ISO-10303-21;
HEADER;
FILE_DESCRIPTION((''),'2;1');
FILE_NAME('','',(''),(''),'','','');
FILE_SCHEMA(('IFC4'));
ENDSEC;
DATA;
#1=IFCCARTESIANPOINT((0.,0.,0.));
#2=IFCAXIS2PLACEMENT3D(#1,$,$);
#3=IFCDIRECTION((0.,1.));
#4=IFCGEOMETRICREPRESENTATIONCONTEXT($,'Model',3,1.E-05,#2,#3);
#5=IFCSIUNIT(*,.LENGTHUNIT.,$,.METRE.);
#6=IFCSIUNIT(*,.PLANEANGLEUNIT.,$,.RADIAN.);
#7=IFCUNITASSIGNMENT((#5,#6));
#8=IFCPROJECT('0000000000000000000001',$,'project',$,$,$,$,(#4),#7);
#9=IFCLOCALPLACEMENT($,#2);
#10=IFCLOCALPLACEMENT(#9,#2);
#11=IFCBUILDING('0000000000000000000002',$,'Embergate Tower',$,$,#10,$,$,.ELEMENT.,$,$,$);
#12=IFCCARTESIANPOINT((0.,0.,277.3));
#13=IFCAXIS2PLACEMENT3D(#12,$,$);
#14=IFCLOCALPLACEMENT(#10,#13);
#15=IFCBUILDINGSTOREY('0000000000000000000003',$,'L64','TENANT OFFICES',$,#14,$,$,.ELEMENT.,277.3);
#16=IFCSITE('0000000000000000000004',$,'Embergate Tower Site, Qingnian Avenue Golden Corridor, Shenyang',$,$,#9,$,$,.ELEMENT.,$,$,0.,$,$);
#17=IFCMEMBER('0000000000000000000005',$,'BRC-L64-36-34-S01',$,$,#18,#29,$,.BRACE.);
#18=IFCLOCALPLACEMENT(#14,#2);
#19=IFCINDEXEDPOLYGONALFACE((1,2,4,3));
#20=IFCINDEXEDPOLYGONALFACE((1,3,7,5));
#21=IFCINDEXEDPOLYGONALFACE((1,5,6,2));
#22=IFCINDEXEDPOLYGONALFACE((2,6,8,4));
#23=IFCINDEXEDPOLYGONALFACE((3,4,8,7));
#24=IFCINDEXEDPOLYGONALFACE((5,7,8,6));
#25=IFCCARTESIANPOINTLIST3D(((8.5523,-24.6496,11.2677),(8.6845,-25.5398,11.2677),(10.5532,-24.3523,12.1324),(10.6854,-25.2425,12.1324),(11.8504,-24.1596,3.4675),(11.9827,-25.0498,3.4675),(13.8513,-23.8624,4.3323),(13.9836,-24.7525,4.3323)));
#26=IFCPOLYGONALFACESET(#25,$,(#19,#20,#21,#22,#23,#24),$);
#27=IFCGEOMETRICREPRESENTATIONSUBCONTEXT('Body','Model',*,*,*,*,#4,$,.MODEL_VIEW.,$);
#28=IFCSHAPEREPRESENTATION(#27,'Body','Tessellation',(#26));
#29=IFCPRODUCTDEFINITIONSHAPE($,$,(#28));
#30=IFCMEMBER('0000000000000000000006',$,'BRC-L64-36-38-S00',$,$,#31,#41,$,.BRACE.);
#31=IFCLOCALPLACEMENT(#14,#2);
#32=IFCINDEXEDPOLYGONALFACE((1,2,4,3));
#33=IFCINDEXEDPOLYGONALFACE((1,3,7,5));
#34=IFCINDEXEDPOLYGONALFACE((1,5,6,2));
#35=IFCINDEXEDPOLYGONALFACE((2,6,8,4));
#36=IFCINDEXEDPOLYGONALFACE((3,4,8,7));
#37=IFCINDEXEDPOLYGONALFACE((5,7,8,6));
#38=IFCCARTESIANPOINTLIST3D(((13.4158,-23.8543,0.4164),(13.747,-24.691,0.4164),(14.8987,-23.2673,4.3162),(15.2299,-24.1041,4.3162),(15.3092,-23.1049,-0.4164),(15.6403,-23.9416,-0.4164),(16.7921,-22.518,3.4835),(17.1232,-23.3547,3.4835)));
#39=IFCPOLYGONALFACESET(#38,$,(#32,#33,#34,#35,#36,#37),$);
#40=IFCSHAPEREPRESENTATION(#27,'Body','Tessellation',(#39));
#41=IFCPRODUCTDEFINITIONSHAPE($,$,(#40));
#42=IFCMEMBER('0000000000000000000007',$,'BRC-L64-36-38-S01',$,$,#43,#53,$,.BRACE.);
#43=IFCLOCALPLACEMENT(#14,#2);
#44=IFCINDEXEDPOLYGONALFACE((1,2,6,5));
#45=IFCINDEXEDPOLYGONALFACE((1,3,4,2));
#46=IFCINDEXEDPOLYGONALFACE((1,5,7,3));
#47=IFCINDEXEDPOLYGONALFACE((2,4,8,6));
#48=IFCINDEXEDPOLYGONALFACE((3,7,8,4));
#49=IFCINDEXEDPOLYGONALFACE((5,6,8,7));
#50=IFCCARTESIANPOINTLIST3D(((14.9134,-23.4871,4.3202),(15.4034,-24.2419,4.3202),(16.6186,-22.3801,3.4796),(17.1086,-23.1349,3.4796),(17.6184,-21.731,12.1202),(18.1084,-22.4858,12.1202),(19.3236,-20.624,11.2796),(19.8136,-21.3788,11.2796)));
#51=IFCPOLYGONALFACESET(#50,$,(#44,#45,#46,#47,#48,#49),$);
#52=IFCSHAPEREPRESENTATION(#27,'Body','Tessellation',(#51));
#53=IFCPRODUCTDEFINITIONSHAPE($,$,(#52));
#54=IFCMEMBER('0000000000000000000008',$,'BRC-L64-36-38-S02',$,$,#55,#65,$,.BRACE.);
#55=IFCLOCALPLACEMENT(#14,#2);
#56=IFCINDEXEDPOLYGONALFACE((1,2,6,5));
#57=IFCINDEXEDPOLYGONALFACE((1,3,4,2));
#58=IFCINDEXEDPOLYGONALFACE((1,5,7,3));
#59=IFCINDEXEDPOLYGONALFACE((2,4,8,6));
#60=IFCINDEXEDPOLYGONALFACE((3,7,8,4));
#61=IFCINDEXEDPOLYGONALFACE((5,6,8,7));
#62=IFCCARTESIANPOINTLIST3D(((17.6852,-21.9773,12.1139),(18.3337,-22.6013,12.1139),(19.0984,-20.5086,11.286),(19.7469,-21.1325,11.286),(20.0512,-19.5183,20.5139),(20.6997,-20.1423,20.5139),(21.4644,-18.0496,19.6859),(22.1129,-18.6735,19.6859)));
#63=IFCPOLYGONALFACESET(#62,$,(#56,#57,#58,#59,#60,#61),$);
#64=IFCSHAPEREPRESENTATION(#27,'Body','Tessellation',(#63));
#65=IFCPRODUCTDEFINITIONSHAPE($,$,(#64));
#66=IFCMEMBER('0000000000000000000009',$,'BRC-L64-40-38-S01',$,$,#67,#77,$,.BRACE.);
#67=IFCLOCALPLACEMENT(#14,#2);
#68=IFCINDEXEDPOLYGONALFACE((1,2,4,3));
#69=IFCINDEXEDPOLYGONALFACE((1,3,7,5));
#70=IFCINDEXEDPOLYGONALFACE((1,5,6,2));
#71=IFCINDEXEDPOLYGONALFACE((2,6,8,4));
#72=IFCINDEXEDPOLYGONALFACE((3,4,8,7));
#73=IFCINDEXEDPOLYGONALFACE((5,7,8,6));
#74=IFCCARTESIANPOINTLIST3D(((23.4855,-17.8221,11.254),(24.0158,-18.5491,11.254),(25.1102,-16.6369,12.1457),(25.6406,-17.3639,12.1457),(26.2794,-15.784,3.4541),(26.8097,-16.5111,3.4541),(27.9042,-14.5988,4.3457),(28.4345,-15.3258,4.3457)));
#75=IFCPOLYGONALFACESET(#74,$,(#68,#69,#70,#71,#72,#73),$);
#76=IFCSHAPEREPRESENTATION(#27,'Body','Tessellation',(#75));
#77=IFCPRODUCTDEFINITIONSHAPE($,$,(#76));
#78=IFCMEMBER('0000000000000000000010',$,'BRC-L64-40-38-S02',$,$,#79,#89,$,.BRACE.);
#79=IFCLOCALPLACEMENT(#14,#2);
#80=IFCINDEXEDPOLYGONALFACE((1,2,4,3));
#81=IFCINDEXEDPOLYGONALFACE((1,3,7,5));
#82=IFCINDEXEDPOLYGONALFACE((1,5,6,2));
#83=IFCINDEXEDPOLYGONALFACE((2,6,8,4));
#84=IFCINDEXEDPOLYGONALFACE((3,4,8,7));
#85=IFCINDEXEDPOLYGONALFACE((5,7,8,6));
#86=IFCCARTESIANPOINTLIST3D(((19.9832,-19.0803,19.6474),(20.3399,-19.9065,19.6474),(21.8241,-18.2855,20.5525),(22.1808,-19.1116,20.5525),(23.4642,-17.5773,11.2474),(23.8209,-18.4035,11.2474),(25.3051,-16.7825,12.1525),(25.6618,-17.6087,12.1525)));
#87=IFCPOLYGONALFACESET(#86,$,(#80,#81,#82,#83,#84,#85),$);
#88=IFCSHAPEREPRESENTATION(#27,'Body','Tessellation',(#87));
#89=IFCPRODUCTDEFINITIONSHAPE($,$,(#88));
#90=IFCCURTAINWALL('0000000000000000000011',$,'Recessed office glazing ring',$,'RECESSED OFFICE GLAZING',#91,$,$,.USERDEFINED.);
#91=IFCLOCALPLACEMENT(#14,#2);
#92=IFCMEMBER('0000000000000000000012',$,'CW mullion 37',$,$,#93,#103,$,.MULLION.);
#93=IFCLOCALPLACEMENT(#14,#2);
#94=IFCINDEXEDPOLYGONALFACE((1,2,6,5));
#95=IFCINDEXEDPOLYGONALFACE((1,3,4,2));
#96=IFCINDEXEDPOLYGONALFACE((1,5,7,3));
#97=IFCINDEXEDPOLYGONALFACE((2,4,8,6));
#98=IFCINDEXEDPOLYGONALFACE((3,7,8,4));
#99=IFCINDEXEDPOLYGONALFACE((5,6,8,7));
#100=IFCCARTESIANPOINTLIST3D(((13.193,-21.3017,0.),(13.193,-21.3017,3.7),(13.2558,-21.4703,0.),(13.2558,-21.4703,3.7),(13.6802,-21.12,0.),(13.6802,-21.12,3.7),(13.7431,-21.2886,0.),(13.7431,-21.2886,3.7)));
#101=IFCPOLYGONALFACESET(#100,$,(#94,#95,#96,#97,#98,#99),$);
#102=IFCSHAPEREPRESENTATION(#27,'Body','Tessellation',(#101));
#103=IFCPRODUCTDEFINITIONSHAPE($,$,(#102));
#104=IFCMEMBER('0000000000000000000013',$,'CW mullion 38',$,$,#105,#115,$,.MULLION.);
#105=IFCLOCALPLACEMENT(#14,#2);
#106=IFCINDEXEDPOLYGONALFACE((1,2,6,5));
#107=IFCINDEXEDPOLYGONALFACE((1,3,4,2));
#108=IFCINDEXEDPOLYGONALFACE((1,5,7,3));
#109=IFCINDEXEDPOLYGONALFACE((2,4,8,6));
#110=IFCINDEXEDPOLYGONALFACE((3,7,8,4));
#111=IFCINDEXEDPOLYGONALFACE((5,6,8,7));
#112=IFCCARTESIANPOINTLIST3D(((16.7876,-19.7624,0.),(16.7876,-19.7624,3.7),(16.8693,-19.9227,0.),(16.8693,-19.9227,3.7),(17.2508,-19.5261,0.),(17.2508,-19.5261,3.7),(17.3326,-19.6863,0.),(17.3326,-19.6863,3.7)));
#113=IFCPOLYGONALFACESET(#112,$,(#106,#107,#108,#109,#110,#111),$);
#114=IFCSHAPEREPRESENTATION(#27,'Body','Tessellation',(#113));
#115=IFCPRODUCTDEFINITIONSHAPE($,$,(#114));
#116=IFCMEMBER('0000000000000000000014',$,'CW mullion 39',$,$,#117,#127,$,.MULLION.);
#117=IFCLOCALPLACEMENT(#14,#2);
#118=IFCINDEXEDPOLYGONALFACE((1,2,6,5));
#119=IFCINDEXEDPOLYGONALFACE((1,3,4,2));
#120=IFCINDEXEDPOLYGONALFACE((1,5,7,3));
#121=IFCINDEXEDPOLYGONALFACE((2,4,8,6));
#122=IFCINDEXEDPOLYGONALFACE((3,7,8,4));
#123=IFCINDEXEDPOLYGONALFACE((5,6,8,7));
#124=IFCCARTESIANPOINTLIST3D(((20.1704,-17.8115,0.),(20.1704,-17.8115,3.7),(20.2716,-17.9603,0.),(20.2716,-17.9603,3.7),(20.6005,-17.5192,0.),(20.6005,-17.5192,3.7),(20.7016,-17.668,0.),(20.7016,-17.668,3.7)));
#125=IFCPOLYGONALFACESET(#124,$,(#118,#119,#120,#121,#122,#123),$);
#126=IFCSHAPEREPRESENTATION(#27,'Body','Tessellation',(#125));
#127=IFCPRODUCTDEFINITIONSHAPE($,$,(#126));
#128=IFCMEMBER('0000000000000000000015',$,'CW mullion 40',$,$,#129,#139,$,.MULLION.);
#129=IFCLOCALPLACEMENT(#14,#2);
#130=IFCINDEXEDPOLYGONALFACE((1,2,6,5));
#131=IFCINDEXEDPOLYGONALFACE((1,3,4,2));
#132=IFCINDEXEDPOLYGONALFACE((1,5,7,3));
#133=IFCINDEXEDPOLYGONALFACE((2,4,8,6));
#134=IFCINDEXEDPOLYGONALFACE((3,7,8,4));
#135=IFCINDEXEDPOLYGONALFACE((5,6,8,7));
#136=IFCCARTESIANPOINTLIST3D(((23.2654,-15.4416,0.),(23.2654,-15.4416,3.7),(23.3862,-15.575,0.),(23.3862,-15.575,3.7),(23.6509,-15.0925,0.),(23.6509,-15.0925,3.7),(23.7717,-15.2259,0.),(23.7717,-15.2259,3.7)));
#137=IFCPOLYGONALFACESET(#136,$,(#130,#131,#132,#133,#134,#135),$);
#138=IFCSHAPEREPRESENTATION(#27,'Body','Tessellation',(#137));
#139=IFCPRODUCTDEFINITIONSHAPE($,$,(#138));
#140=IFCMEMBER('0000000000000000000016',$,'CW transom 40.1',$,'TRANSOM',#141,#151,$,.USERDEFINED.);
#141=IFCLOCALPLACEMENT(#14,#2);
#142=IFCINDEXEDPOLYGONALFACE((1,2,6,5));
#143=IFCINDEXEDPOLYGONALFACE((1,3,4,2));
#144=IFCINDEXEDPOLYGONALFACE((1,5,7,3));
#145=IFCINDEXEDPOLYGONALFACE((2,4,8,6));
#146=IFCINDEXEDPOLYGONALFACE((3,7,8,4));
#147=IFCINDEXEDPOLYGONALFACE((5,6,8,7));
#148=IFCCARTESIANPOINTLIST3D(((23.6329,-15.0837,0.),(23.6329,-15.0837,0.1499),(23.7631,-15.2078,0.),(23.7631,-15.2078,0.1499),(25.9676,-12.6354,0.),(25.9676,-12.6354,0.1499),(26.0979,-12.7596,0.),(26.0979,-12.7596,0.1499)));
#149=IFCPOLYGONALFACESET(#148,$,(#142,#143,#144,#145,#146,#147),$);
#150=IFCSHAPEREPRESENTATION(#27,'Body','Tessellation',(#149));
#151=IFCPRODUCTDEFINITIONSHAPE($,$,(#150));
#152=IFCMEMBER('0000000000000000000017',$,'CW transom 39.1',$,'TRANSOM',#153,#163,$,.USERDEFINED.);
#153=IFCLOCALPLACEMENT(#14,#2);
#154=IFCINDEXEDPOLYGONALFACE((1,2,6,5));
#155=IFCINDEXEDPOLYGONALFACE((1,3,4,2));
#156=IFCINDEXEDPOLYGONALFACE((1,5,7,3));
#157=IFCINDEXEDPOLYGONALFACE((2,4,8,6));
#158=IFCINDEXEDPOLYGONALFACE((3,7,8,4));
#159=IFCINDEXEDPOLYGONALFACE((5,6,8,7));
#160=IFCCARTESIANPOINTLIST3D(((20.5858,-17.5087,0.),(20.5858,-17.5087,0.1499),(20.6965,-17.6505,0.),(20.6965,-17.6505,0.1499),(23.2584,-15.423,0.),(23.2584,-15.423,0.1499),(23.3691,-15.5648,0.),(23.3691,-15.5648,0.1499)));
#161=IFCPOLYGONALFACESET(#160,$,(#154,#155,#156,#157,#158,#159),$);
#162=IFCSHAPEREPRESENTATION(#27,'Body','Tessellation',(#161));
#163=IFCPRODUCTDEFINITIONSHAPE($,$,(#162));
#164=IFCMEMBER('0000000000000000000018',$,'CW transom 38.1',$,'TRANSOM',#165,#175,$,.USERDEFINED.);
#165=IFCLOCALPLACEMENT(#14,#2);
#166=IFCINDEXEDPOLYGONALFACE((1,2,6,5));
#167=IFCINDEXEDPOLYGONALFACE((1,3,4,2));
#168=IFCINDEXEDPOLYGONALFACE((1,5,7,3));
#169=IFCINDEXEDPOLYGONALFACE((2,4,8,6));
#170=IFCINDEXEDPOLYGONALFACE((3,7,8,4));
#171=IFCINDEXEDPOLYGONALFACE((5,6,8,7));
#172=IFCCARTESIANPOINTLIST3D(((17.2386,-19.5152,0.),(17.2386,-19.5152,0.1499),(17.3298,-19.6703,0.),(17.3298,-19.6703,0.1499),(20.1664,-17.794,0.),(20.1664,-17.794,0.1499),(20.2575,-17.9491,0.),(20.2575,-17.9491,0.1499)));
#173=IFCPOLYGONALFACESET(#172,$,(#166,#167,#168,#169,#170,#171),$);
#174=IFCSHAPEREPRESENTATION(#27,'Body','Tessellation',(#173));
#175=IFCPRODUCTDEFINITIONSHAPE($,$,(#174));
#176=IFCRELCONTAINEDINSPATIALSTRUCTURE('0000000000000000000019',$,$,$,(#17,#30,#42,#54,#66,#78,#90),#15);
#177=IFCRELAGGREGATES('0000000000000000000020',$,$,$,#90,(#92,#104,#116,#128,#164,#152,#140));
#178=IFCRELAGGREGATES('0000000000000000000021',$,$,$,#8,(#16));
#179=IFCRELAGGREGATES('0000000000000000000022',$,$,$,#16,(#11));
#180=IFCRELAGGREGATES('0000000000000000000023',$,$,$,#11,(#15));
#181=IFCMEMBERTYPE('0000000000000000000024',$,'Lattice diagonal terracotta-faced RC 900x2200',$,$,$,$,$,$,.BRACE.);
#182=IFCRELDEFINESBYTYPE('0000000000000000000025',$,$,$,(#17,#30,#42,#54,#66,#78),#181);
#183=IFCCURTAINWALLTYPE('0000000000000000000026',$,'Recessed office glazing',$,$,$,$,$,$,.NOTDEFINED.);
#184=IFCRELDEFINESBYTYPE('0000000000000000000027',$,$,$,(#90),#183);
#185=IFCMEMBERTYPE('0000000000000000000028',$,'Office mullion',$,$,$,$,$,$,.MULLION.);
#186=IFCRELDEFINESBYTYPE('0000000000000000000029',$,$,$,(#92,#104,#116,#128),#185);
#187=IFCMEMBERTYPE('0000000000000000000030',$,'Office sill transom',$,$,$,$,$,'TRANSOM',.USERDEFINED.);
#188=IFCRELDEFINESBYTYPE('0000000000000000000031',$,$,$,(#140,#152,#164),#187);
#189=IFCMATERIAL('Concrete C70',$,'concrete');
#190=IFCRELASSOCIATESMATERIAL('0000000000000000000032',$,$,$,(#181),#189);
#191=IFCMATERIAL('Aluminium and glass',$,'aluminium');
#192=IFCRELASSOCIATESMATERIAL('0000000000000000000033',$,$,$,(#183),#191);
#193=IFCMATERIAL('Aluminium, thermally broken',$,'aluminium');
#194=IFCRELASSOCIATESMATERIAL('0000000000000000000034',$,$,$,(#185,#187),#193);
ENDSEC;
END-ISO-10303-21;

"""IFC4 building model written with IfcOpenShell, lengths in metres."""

from ifc_helpers import new_model, si_unit, direction, frame, origin, origin_2d, place, context, subcontext, project, spatial, rectangle, extrude, source, transform, mapped, material, material_profile, profile_set, type_object, element, aggregate, save


model = new_model("IFC4")

# Units and contexts
model_context = context("Model", 3, precision=1e-05, world=origin(), true_north=direction((0.0, 1.0)))
body_context = subcontext(model_context, "Body", "Model", "MODEL_VIEW")
ifc_project = project(units=[si_unit("LENGTHUNIT", "METRE"), si_unit("PLANEANGLEUNIT", "RADIAN")], contexts=[model_context])

# Site, building, storey
site_placement = place(None, origin())
site = spatial("IfcSite", under=ifc_project, at=site_placement, Name="Embergate Tower Site, Qingnian Avenue Golden Corridor, Shenyang", CompositionType="ELEMENT", RefElevation=0.0)
building_placement = place(site_placement, origin())
building = spatial("IfcBuilding", under=site, at=building_placement, Name="Embergate Tower", CompositionType="ELEMENT")
storey_placement = place(building_placement, frame((0.0, 0.0, 277.3)))
storey = spatial("IfcBuildingStorey", under=building, at=storey_placement, Name="L64", Description="TENANT OFFICES", CompositionType="ELEMENT", Elevation=277.3)

# Members
ifc_material_1 = material(Name="Concrete C70", Category="concrete")
ifc_material_profile_1 = material_profile(ifc_material_1, rectangle(XDim=0.8999, YDim=2.2, at=origin_2d()), Name="RC 900x2200")
ifc_profile_set_1 = profile_set([ifc_material_profile_1], Name="Concrete C70")
member_type_1 = type_object("IfcMemberType", Name="Lattice diagonal terracotta-faced RC 900x2200", PredefinedType="BRACE", material=ifc_profile_set_1)
shared_shape_1 = source(origin(), body_context, "Body", "SweptSolid", [
    extrude(rectangle(XDim=0.8999, YDim=2.2, at=origin_2d()), origin(), (0.0, 0.0, 1.0), 8.4829),
])
member_1_placement = place(storey_placement, frame((12.917, -24.4561, 3.8999), z_axis=(-0.388797, -0.057763, 0.919511), x_axis=(0.146955, -0.989143, 0.0)))
element("IfcMember", 1, at=member_1_placement, inside=storey, type_object=member_type_1, Name="BRC-L64-36-34-S01", PredefinedType="BRACE", context=body_context, shape_type="MappedRepresentation", body=[
    mapped(shared_shape_1, transform((0.0, 0.0, 0.0))),
])
shared_shape_2 = source(origin(), body_context, "Body", "SweptSolid", [
    extrude(rectangle(XDim=0.8999, YDim=2.2, at=origin_2d()), origin(), (0.0, 0.0, 1.0), 4.2134),
])
member_2_placement = place(storey_placement, frame((14.5281, -23.8979, 0.0), z_axis=(0.351951, 0.139297, 0.925595), x_axis=(-0.36801, 0.929822, 0.0)))
element("IfcMember", 2, at=member_2_placement, inside=storey, type_object=member_type_1, Name="BRC-L64-36-38-S00", PredefinedType="BRACE", context=body_context, shape_type="MappedRepresentation", body=[
    mapped(shared_shape_2, transform((0.0, 0.0, 0.0))),
])
shared_shape_3 = source(origin(), body_context, "Body", "SweptSolid", [
    extrude(rectangle(XDim=0.8999, YDim=2.2, at=origin_2d()), origin(), (0.0, 0.0, 1.0), 8.4404),
])
member_3_placement = place(storey_placement, frame((16.011, -23.311, 3.8999), z_axis=(0.320488, 0.208057, 0.924121), x_axis=(-0.544509, 0.838755, 0.0)))
element("IfcMember", 3, at=member_3_placement, inside=storey, type_object=member_type_1, Name="BRC-L64-36-38-S01", PredefinedType="BRACE", context=body_context, shape_type="MappedRepresentation", body=[
    mapped(shared_shape_3, transform((0.0, 0.0, 0.0))),
])
shared_shape_4 = source(origin(), body_context, "Body", "SweptSolid", [
    extrude(rectangle(XDim=0.8999, YDim=2.2, at=origin_2d()), origin(), (0.0, 0.0, 1.0), 9.0667),
])
member_4_placement = place(storey_placement, frame((18.7161, -21.5549, 11.7), z_axis=(0.260955, 0.271214, 0.926469), x_axis=(-0.720605, 0.693346, 0.0)))
element("IfcMember", 4, at=member_4_placement, inside=storey, type_object=member_type_1, Name="BRC-L64-36-38-S02", PredefinedType="BRACE", context=body_context, shape_type="MappedRepresentation", body=[
    mapped(shared_shape_4, transform((0.0, 0.0, 0.0))),
])
shared_shape_5 = source(origin(), body_context, "Body", "SweptSolid", [
    extrude(rectangle(XDim=0.8999, YDim=2.2, at=origin_2d()), origin(), (0.0, 0.0, 1.0), 8.5322),
])
member_5_placement = place(storey_placement, frame((27.3569, -15.5549, 3.8999), z_axis=(-0.327454, -0.238866, 0.914176), x_axis=(0.58933, -0.807893, 0.0)))
element("IfcMember", 5, at=member_5_placement, inside=storey, type_object=member_type_1, Name="BRC-L64-40-38-S01", PredefinedType="BRACE", context=body_context, shape_type="MappedRepresentation", body=[
    mapped(shared_shape_5, transform((0.0, 0.0, 0.0))),
])
shared_shape_6 = source(origin(), body_context, "Body", "SweptSolid", [
    extrude(rectangle(XDim=0.8999, YDim=2.2, at=origin_2d()), origin(), (0.0, 0.0, 1.0), 9.2161),
])
member_6_placement = place(storey_placement, frame((24.563, -17.593, 11.7), z_axis=(-0.377709, -0.163079, 0.91145), x_axis=(0.396389, -0.918083, 0.0)))
element("IfcMember", 6, at=member_6_placement, inside=storey, type_object=member_type_1, Name="BRC-L64-40-38-S02", PredefinedType="BRACE", context=body_context, shape_type="MappedRepresentation", body=[
    mapped(shared_shape_6, transform((0.0, 0.0, 0.0))),
])

# Curtain wall, members
ifc_material_2 = material(Name="Aluminium and glass", Category="aluminium")
curtain_wall_type = type_object("IfcCurtainWallType", Name="Recessed office glazing", PredefinedType="NOTDEFINED", material=ifc_material_2)
curtain_wall_placement = place(storey_placement, origin())
curtain_wall = element("IfcCurtainWall", 7, at=curtain_wall_placement, inside=storey, type_object=curtain_wall_type, Name="Recessed office glazing ring", ObjectType="RECESSED OFFICE GLAZING", PredefinedType="USERDEFINED")
ifc_material_3 = material(Name="Aluminium, thermally broken", Category="aluminium")
ifc_material_profile_2 = material_profile(ifc_material_3, rectangle(XDim=0.1799, YDim=0.52, at=origin_2d()), Name="AL 520x180")
ifc_profile_set_2 = profile_set([ifc_material_profile_2], Name="Aluminium, thermally broken")
member_type_2 = type_object("IfcMemberType", Name="Office mullion", PredefinedType="MULLION", material=ifc_profile_set_2)
shared_shape_7 = source(origin(), body_context, "Body", "SweptSolid", [
    extrude(rectangle(XDim=0.1799, YDim=0.52, at=origin_2d()), origin(), (0.0, 0.0, 1.0), 3.7),
])
member_7_placement = place(storey_placement, frame((13.468, -21.2952, 0.0), z_axis=(0.0, 0.0, 1.0), x_axis=(-0.349498, 0.936937, 0.0)))
member_7 = element("IfcMember", 8, at=member_7_placement, type_object=member_type_2, Name="CW mullion 37", PredefinedType="MULLION", context=body_context, shape_type="MappedRepresentation", body=[
    mapped(shared_shape_7, transform((0.0, 0.0, 0.0))),
])
member_8_placement = place(storey_placement, frame((17.0601, -19.7244, 0.0), z_axis=(0.0, 0.0, 1.0), x_axis=(-0.454504, 0.890745, 0.0)))
member_8 = element("IfcMember", 9, at=member_8_placement, type_object=member_type_2, Name="CW mullion 38", PredefinedType="MULLION", context=body_context, shape_type="MappedRepresentation", body=[
    mapped(shared_shape_7, transform((0.0, 0.0, 0.0))),
])
member_9_placement = place(storey_placement, frame((20.436, -17.7397, 0.0), z_axis=(0.0, 0.0, 1.0), x_axis=(-0.562208, 0.826996, 0.0)))
member_9 = element("IfcMember", 10, at=member_9_placement, type_object=member_type_2, Name="CW mullion 39", PredefinedType="MULLION", context=body_context, shape_type="MappedRepresentation", body=[
    mapped(shared_shape_7, transform((0.0, 0.0, 0.0))),
])
member_10_placement = place(storey_placement, frame((23.5186, -15.3337, 0.0), z_axis=(0.0, 0.0, 1.0), x_axis=(-0.671216, 0.741262, 0.0)))
member_10 = element("IfcMember", 11, at=member_10_placement, type_object=member_type_2, Name="CW mullion 40", PredefinedType="MULLION", context=body_context, shape_type="MappedRepresentation", body=[
    mapped(shared_shape_7, transform((0.0, 0.0, 0.0))),
])
ifc_material_profile_3 = material_profile(ifc_material_3, rectangle(XDim=0.1799, YDim=0.1499, at=origin_2d()), Name="AL 150x180")
ifc_profile_set_3 = profile_set([ifc_material_profile_3], Name="Aluminium, thermally broken")
member_type_3 = type_object("IfcMemberType", Name="Office sill transom", ElementType="TRANSOM", PredefinedType="USERDEFINED", material=ifc_profile_set_3)
shared_shape_8 = source(origin(), body_context, "Body", "SweptSolid", [
    extrude(rectangle(XDim=0.1799, YDim=0.1499, at=origin_2d()), origin(), (0.0, 0.0, 1.0), 3.3831),
])
member_11_placement = place(storey_placement, frame((23.698, -15.1458, 0.075), z_axis=(0.690129, 0.723686, 0.0), x_axis=(-0.723686, 0.690129, 0.0)))
member_11 = element("IfcMember", 12, at=member_11_placement, type_object=member_type_3, Name="CW transom 40.1", ObjectType="TRANSOM", PredefinedType="USERDEFINED", context=body_context, shape_type="MappedRepresentation", body=[
    mapped(shared_shape_8, transform((0.0, 0.0, 0.0))),
])
shared_shape_9 = source(origin(), body_context, "Body", "SweptSolid", [
    extrude(rectangle(XDim=0.1799, YDim=0.1499, at=origin_2d()), origin(), (0.0, 0.0, 1.0), 3.3901),
])
member_12_placement = place(storey_placement, frame((20.6411, -17.5796, 0.075), z_axis=(0.788351, 0.615226, 0.0), x_axis=(-0.615226, 0.788351, 0.0)))
member_12 = element("IfcMember", 13, at=member_12_placement, type_object=member_type_3, Name="CW transom 39.1", ObjectType="TRANSOM", PredefinedType="USERDEFINED", context=body_context, shape_type="MappedRepresentation", body=[
    mapped(shared_shape_9, transform((0.0, 0.0, 0.0))),
])
shared_shape_10 = source(origin(), body_context, "Body", "SweptSolid", [
    extrude(rectangle(XDim=0.1799, YDim=0.1499, at=origin_2d()), origin(), (0.0, 0.0, 1.0), 3.3962),
])
member_13_placement = place(storey_placement, frame((17.2842, -19.5928, 0.075), z_axis=(0.862064, 0.5068, 0.0), x_axis=(-0.5068, 0.862064, 0.0)))
member_13 = element("IfcMember", 14, at=member_13_placement, type_object=member_type_3, Name="CW transom 38.1", ObjectType="TRANSOM", PredefinedType="USERDEFINED", context=body_context, shape_type="MappedRepresentation", body=[
    mapped(shared_shape_10, transform((0.0, 0.0, 0.0))),
])
aggregate(curtain_wall, [member_7, member_8, member_9, member_10, member_13, member_12, member_11])

save(model, "model.ifc")
